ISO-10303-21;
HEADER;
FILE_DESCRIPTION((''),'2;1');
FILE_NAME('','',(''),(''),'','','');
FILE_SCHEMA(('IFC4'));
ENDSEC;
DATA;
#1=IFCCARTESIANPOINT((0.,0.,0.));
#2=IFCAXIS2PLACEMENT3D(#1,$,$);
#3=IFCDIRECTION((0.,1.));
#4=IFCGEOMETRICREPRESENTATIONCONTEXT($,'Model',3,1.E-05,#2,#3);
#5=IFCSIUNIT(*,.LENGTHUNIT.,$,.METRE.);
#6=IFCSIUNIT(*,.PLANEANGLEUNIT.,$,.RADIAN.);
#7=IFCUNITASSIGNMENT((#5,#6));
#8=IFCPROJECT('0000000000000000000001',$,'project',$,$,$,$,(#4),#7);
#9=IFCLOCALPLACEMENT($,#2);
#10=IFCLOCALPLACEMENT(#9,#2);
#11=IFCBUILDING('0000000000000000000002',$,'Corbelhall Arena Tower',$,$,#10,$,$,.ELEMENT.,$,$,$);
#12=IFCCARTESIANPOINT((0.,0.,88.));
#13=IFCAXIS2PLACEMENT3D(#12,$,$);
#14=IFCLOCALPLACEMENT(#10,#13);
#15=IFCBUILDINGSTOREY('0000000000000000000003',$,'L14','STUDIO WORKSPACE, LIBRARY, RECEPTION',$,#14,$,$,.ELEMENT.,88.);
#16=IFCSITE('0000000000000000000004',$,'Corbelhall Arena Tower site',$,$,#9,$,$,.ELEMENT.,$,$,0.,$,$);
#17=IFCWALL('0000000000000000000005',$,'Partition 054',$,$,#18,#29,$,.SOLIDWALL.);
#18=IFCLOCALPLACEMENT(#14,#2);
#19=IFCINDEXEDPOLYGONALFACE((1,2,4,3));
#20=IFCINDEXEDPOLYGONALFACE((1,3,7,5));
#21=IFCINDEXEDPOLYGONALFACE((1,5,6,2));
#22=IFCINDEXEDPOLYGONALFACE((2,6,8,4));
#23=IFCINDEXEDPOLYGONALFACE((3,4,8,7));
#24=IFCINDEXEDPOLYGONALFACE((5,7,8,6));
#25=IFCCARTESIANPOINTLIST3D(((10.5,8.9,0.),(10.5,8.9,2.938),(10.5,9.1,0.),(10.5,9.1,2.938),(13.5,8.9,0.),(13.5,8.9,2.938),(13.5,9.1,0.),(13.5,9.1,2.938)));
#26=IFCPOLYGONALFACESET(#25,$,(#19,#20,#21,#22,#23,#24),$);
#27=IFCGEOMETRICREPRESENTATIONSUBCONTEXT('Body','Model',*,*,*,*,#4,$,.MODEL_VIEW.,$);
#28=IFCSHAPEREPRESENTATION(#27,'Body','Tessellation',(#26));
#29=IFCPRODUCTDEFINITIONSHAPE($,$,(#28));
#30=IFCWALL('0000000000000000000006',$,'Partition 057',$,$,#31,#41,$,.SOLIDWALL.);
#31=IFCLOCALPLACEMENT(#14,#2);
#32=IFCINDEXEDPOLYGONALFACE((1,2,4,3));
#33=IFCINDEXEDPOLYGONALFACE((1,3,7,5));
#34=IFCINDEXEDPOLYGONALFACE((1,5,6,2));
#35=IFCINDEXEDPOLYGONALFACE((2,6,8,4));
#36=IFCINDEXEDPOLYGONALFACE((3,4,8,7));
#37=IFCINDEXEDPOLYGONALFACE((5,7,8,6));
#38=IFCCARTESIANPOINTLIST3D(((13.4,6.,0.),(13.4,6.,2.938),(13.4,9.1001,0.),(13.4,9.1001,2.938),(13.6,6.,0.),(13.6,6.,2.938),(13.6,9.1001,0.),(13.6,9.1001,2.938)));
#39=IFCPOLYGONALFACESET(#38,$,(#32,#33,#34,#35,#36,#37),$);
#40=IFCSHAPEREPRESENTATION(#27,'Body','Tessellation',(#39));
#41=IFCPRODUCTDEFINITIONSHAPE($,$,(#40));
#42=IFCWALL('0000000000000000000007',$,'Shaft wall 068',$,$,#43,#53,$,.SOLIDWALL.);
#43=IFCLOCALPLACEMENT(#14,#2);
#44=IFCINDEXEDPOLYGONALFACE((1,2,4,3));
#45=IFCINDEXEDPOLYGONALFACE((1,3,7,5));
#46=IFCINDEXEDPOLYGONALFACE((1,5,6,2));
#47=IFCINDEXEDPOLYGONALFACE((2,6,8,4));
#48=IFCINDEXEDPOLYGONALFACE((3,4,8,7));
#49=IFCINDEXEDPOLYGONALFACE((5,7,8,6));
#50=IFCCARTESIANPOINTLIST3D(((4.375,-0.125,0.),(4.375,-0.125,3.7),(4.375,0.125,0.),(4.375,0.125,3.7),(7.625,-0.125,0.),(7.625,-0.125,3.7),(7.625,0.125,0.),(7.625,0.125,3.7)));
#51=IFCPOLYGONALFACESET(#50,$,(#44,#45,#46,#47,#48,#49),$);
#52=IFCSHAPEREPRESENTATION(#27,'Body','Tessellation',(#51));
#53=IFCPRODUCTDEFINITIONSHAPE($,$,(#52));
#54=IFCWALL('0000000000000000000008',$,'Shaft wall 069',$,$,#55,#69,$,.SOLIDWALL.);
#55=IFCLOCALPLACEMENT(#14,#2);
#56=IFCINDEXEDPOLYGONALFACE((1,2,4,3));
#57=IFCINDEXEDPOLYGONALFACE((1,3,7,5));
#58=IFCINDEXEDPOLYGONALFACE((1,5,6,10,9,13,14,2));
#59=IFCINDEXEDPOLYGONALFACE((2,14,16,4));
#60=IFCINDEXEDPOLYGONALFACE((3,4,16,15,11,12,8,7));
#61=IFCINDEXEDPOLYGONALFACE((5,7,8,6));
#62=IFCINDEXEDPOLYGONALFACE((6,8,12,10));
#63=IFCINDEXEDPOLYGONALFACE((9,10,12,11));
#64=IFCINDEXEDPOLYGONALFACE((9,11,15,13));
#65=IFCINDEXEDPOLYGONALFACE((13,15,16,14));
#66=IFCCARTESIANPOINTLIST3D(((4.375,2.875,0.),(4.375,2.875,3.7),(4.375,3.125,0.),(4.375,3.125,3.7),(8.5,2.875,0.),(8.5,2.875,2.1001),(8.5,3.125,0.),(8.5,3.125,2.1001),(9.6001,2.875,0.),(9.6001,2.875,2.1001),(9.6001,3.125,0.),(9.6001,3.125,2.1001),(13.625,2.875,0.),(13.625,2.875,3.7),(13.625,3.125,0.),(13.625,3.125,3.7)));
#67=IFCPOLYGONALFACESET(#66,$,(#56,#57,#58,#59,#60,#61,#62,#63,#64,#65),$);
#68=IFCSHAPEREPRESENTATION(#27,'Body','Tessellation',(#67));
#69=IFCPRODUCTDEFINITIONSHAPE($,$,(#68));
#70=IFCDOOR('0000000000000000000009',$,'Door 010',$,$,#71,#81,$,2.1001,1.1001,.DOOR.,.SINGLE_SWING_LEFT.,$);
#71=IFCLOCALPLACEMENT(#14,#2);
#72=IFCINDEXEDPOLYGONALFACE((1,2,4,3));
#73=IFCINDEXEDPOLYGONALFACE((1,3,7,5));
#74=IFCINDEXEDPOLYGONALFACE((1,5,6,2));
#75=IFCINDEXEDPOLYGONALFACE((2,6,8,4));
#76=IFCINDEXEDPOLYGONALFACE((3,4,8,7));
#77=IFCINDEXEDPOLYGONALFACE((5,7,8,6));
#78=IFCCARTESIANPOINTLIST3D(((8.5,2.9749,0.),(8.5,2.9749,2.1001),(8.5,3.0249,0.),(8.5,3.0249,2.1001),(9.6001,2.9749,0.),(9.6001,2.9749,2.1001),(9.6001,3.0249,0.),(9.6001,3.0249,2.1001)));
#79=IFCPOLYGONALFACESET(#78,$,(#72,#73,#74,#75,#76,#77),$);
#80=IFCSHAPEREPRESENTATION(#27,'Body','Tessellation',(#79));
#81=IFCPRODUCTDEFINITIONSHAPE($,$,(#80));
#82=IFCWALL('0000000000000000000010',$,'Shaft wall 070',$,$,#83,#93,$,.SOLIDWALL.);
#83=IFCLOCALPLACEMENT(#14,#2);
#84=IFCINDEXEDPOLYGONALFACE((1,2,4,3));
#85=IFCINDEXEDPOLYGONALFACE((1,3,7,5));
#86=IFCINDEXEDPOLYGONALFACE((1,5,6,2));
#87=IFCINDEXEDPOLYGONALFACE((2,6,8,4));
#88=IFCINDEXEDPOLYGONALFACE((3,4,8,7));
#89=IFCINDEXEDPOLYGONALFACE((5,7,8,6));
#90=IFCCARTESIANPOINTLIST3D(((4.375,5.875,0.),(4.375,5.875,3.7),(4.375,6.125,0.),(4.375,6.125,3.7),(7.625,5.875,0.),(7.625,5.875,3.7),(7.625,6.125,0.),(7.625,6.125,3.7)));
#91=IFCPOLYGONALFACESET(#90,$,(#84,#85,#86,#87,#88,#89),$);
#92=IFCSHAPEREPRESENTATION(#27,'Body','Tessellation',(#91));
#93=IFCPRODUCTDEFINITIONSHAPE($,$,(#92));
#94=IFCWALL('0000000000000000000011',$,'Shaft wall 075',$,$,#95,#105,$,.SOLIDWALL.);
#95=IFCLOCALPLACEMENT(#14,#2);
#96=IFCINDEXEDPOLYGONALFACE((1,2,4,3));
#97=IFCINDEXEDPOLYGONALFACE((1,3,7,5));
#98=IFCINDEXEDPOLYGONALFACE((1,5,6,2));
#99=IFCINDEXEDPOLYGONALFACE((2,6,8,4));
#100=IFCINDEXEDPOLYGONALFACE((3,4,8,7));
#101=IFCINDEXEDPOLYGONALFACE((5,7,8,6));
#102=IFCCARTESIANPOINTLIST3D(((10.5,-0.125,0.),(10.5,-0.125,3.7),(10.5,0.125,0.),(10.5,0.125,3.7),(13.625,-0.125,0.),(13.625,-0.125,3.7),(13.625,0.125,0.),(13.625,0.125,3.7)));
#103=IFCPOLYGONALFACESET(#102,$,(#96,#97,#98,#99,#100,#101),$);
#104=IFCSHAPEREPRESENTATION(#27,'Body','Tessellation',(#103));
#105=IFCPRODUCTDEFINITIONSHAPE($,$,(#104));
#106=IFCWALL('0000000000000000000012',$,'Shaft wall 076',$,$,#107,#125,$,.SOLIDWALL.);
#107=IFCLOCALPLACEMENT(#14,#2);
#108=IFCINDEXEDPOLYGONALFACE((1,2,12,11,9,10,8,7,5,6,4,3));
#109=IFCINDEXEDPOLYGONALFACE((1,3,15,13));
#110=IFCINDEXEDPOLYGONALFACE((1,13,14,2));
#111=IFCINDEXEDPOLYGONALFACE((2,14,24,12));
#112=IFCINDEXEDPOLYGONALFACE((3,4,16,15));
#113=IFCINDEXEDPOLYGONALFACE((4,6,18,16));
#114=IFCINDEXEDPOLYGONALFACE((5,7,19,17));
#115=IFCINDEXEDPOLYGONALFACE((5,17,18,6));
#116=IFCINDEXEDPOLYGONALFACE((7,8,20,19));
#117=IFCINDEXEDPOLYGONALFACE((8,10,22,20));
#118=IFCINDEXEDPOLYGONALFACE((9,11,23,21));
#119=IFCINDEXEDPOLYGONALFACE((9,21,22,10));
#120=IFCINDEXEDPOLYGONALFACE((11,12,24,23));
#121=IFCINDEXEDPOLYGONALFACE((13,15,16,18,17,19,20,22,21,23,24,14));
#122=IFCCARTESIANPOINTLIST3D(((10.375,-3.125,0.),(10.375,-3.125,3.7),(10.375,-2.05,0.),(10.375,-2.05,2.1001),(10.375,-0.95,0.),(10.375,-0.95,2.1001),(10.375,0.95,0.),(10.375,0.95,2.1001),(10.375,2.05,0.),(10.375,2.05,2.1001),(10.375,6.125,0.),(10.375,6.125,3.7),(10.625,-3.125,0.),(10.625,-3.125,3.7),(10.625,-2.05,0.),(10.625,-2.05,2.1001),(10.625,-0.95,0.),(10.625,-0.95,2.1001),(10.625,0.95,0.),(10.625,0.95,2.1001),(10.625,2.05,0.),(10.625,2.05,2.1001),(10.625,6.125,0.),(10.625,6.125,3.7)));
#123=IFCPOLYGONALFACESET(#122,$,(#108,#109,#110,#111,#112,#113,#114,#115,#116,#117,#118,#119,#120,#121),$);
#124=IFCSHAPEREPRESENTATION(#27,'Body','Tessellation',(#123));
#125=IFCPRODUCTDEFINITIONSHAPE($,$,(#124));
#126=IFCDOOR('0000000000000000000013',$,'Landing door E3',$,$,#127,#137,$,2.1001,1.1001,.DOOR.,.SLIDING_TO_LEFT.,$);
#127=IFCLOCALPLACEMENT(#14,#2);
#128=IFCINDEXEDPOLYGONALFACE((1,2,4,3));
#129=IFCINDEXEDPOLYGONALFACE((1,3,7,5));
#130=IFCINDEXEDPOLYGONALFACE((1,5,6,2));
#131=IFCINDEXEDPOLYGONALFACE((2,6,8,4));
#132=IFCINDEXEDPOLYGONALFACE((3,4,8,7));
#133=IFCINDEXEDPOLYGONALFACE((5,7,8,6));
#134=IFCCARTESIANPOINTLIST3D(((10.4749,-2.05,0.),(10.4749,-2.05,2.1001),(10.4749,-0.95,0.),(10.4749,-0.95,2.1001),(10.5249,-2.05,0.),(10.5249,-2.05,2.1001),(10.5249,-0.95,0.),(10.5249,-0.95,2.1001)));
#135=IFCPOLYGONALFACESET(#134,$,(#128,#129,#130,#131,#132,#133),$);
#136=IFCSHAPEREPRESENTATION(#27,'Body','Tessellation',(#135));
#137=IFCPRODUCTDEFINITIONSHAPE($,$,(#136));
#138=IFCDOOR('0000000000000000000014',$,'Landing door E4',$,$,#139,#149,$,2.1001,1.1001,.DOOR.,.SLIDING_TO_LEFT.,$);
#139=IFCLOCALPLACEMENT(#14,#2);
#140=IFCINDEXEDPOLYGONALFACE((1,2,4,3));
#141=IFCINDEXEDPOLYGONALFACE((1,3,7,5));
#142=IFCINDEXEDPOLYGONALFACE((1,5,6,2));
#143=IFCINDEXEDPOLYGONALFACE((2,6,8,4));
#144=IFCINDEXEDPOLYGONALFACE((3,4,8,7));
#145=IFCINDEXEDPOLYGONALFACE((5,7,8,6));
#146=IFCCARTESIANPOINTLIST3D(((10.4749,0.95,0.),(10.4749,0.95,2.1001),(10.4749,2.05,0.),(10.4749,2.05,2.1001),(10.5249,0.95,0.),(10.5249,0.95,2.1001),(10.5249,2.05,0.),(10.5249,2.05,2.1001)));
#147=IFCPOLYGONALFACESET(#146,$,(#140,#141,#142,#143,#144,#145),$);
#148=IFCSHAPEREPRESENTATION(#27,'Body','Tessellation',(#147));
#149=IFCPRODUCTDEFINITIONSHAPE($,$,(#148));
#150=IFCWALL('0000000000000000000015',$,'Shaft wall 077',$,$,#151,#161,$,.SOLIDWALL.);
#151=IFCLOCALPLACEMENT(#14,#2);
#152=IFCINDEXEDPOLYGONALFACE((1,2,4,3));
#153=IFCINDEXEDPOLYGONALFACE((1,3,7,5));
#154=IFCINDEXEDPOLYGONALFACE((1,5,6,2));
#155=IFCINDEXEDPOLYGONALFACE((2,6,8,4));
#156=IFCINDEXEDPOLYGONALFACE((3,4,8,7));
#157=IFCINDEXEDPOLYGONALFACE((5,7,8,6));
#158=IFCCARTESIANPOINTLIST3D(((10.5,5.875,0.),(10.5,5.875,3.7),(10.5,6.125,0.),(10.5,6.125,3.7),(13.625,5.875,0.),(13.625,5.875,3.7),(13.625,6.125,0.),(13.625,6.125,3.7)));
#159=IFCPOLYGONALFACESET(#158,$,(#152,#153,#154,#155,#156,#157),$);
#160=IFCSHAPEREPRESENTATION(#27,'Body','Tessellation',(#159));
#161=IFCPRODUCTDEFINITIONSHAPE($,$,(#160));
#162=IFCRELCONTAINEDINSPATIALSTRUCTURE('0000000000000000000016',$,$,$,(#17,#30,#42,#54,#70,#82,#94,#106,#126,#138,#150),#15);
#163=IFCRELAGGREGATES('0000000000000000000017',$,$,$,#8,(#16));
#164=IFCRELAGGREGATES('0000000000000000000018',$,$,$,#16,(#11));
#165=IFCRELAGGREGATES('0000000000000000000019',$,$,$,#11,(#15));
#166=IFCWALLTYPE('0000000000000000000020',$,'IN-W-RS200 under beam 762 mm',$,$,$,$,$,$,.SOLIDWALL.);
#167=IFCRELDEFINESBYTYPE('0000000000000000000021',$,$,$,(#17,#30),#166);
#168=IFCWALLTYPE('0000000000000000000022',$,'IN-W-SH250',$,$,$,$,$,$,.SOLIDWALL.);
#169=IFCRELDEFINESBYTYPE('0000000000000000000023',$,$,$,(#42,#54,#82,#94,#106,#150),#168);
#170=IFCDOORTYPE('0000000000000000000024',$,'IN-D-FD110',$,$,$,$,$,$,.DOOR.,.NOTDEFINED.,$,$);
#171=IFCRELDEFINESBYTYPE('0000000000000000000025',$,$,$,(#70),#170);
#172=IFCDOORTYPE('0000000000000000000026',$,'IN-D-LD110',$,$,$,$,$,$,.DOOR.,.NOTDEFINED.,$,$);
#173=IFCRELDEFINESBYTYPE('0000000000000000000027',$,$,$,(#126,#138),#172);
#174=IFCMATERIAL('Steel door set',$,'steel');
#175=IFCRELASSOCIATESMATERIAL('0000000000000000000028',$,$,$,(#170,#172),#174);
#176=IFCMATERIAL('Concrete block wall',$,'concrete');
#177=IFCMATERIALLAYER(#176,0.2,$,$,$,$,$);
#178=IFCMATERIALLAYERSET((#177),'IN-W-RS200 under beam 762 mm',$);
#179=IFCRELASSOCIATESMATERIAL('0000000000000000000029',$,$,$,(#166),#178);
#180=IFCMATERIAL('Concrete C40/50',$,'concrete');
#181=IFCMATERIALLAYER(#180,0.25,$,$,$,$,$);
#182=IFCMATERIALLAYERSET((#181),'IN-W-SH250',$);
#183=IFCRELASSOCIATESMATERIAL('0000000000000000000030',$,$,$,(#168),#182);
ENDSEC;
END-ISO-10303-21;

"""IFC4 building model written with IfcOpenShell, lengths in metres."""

from ifc_helpers import new_model, si_unit, direction, frame, frame_2d, origin, place, context, subcontext, project, spatial, rectangle, extrude, material, layer, layer_set, type_object, element, fill, save


model = new_model("IFC4")

# Units and contexts
model_context = context("Model", 3, precision=1e-05, world=origin(), true_north=direction((0.0, 1.0)))
body_context = subcontext(model_context, "Body", "Model", "MODEL_VIEW")
ifc_project = project(units=[si_unit("LENGTHUNIT", "METRE"), si_unit("PLANEANGLEUNIT", "RADIAN")], contexts=[model_context])

# Site, building, storey
site_placement = place(None, origin())
site = spatial("IfcSite", under=ifc_project, at=site_placement, Name="Corbelhall Arena Tower site", CompositionType="ELEMENT", RefElevation=0.0)
building_placement = place(site_placement, origin())
building = spatial("IfcBuilding", under=site, at=building_placement, Name="Corbelhall Arena Tower", CompositionType="ELEMENT")
storey_placement = place(building_placement, frame((0.0, 0.0, 88.0)))
storey = spatial("IfcBuildingStorey", under=building, at=storey_placement, Name="L14", Description="STUDIO WORKSPACE, LIBRARY, RECEPTION", CompositionType="ELEMENT", Elevation=88.0)

# Shared definitions
ifc_material_1 = material(Name="Concrete C40/50", Category="concrete")

# Shared definitions
ifc_material_2 = material(Name="Concrete block wall", Category="concrete")
ifc_material_3 = material(Name="Steel door set", Category="steel")
door_type_1 = type_object("IfcDoorType", Name="IN-D-FD110", OperationType="NOTDEFINED", PredefinedType="DOOR", material=ifc_material_3)

# Walls
ifc_layer_1 = layer(ifc_material_2, 0.2)
ifc_layer_set_1 = layer_set([ifc_layer_1], Name="IN-W-RS200 under beam 762 mm")
wall_type_1 = type_object("IfcWallType", Name="IN-W-RS200 under beam 762 mm", PredefinedType="SOLIDWALL", material=ifc_layer_set_1)
wall_1_placement = place(storey_placement, frame((10.5, 9.0, 0.0), z_axis=(0.0, 0.0, 1.0), x_axis=(1.0, 0.0, 0.0)))
element("IfcWall", 1, at=wall_1_placement, inside=storey, type_object=wall_type_1, Name="Partition 054", PredefinedType="SOLIDWALL", context=body_context, shape_type="SweptSolid", body=[
    extrude(rectangle(XDim=3.0, YDim=0.2, at=frame_2d((1.5, 0.0))), origin(), (0.0, 0.0, 1.0), 2.938),
])
wall_2_placement = place(storey_placement, frame((13.5, 9.1001, 0.0), z_axis=(0.0, 0.0, 1.0), x_axis=(0.0, -1.0, 0.0)))
element("IfcWall", 2, at=wall_2_placement, inside=storey, type_object=wall_type_1, Name="Partition 057", PredefinedType="SOLIDWALL", context=body_context, shape_type="SweptSolid", body=[
    extrude(rectangle(XDim=3.1001, YDim=0.2, at=frame_2d((1.55, 0.0))), origin(), (0.0, 0.0, 1.0), 2.938),
])
ifc_layer_2 = layer(ifc_material_1, 0.25)
ifc_layer_set_2 = layer_set([ifc_layer_2], Name="IN-W-SH250")
wall_type_2 = type_object("IfcWallType", Name="IN-W-SH250", PredefinedType="SOLIDWALL", material=ifc_layer_set_2)
wall_3_placement = place(storey_placement, frame((4.375, 0.0, 0.0), z_axis=(0.0, 0.0, 1.0), x_axis=(1.0, 0.0, 0.0)))
element("IfcWall", 3, at=wall_3_placement, inside=storey, type_object=wall_type_2, Name="Shaft wall 068", PredefinedType="SOLIDWALL", context=body_context, shape_type="SweptSolid", body=[
    extrude(rectangle(XDim=3.25, YDim=0.25, at=frame_2d((1.625, 0.0))), origin(), (0.0, 0.0, 1.0), 3.7),
])

# Wall, opening, door
wall_4_placement = place(storey_placement, frame((4.375, 3.0, 0.0), z_axis=(0.0, 0.0, 1.0), x_axis=(1.0, 0.0, 0.0)))
wall_4 = element("IfcWall", 4, at=wall_4_placement, inside=storey, type_object=wall_type_2, Name="Shaft wall 069", PredefinedType="SOLIDWALL", context=body_context, shape_type="SweptSolid", body=[
    extrude(rectangle(XDim=9.25, YDim=0.25, at=frame_2d((4.625, 0.0))), origin(), (0.0, 0.0, 1.0), 3.7),
])
opening_1_placement = place(wall_4_placement, frame((4.125, 0.0, 0.0)))
opening_1 = element("IfcOpeningElement", 5, at=opening_1_placement, cuts=wall_4, PredefinedType="OPENING", context=body_context, shape_type="SweptSolid", body=[
    extrude(rectangle(XDim=1.1001, YDim=2.1001, at=frame_2d((0.55, 1.05))), frame((0.0, 0.125, 0.0), z_axis=(0.0, -1.0, 0.0), x_axis=(1.0, 0.0, 0.0)), (0.0, 0.0, 1.0), 0.25),
])
door_1_placement = place(opening_1_placement, origin())
door_1 = element("IfcDoor", 6, at=door_1_placement, inside=storey, type_object=door_type_1, Name="Door 010", OperationType="SINGLE_SWING_LEFT", OverallHeight=2.1001, OverallWidth=1.1001, PredefinedType="DOOR", context=body_context, shape_type="SweptSolid", body=[
    extrude(rectangle(XDim=1.1001, YDim=2.1001, at=frame_2d((0.55, 1.05))), frame((0.0, 0.0249, 0.0), z_axis=(0.0, -1.0, 0.0), x_axis=(1.0, 0.0, 0.0)), (0.0, 0.0, 1.0), 0.05),
])
fill(opening_1, door_1)

# Walls
wall_5_placement = place(storey_placement, frame((4.375, 6.0, 0.0), z_axis=(0.0, 0.0, 1.0), x_axis=(1.0, 0.0, 0.0)))
element("IfcWall", 7, at=wall_5_placement, inside=storey, type_object=wall_type_2, Name="Shaft wall 070", PredefinedType="SOLIDWALL", context=body_context, shape_type="SweptSolid", body=[
    extrude(rectangle(XDim=3.25, YDim=0.25, at=frame_2d((1.625, 0.0))), origin(), (0.0, 0.0, 1.0), 3.7),
])
wall_6_placement = place(storey_placement, frame((10.5, 0.0, 0.0), z_axis=(0.0, 0.0, 1.0), x_axis=(1.0, 0.0, 0.0)))
element("IfcWall", 8, at=wall_6_placement, inside=storey, type_object=wall_type_2, Name="Shaft wall 075", PredefinedType="SOLIDWALL", context=body_context, shape_type="SweptSolid", body=[
    extrude(rectangle(XDim=3.125, YDim=0.25, at=frame_2d((1.5625, 0.0))), origin(), (0.0, 0.0, 1.0), 3.7),
])

# Wall, openings, doors
wall_7_placement = place(storey_placement, frame((10.5, 6.125, 0.0), z_axis=(0.0, 0.0, 1.0), x_axis=(0.0, -1.0, 0.0)))
wall_7 = element("IfcWall", 9, at=wall_7_placement, inside=storey, type_object=wall_type_2, Name="Shaft wall 076", PredefinedType="SOLIDWALL", context=body_context, shape_type="SweptSolid", body=[
    extrude(rectangle(XDim=9.25, YDim=0.25, at=frame_2d((4.625, 0.0))), origin(), (0.0, 0.0, 1.0), 3.7),
])
opening_2_placement = place(wall_7_placement, frame((7.075, 0.0, 0.0)))
opening_2 = element("IfcOpeningElement", 10, at=opening_2_placement, cuts=wall_7, PredefinedType="OPENING", context=body_context, shape_type="SweptSolid", body=[
    extrude(rectangle(XDim=1.1001, YDim=2.1001, at=frame_2d((0.55, 1.05))), frame((0.0, 0.125, 0.0), z_axis=(0.0, -1.0, 0.0), x_axis=(1.0, 0.0, 0.0)), (0.0, 0.0, 1.0), 0.25),
])
opening_3_placement = place(wall_7_placement, frame((4.075, 0.0, 0.0)))
opening_3 = element("IfcOpeningElement", 11, at=opening_3_placement, cuts=wall_7, PredefinedType="OPENING", context=body_context, shape_type="SweptSolid", body=[
    extrude(rectangle(XDim=1.1001, YDim=2.1001, at=frame_2d((0.55, 1.05))), frame((0.0, 0.125, 0.0), z_axis=(0.0, -1.0, 0.0), x_axis=(1.0, 0.0, 0.0)), (0.0, 0.0, 1.0), 0.25),
])
door_type_2 = type_object("IfcDoorType", Name="IN-D-LD110", OperationType="NOTDEFINED", PredefinedType="DOOR", material=ifc_material_3)
door_2_placement = place(opening_2_placement, origin())
door_2 = element("IfcDoor", 12, at=door_2_placement, inside=storey, type_object=door_type_2, Name="Landing door E3", OperationType="SLIDING_TO_LEFT", OverallHeight=2.1001, OverallWidth=1.1001, PredefinedType="DOOR", context=body_context, shape_type="SweptSolid", body=[
    extrude(rectangle(XDim=1.1001, YDim=2.1001, at=frame_2d((0.55, 1.05))), frame((0.0, 0.0249, 0.0), z_axis=(0.0, -1.0, 0.0), x_axis=(1.0, 0.0, 0.0)), (0.0, 0.0, 1.0), 0.05),
])
fill(opening_2, door_2)
door_3_placement = place(opening_3_placement, origin())
door_3 = element("IfcDoor", 13, at=door_3_placement, inside=storey, type_object=door_type_2, Name="Landing door E4", OperationType="SLIDING_TO_LEFT", OverallHeight=2.1001, OverallWidth=1.1001, PredefinedType="DOOR", context=body_context, shape_type="SweptSolid", body=[
    extrude(rectangle(XDim=1.1001, YDim=2.1001, at=frame_2d((0.55, 1.05))), frame((0.0, 0.0249, 0.0), z_axis=(0.0, -1.0, 0.0), x_axis=(1.0, 0.0, 0.0)), (0.0, 0.0, 1.0), 0.05),
])
fill(opening_3, door_3)

# Wall
wall_8_placement = place(storey_placement, frame((10.5, 6.0, 0.0), z_axis=(0.0, 0.0, 1.0), x_axis=(1.0, 0.0, 0.0)))
element("IfcWall", 14, at=wall_8_placement, inside=storey, type_object=wall_type_2, Name="Shaft wall 077", PredefinedType="SOLIDWALL", context=body_context, shape_type="SweptSolid", body=[
    extrude(rectangle(XDim=3.125, YDim=0.25, at=frame_2d((1.5625, 0.0))), origin(), (0.0, 0.0, 1.0), 3.7),
])

save(model, "model.ifc")
